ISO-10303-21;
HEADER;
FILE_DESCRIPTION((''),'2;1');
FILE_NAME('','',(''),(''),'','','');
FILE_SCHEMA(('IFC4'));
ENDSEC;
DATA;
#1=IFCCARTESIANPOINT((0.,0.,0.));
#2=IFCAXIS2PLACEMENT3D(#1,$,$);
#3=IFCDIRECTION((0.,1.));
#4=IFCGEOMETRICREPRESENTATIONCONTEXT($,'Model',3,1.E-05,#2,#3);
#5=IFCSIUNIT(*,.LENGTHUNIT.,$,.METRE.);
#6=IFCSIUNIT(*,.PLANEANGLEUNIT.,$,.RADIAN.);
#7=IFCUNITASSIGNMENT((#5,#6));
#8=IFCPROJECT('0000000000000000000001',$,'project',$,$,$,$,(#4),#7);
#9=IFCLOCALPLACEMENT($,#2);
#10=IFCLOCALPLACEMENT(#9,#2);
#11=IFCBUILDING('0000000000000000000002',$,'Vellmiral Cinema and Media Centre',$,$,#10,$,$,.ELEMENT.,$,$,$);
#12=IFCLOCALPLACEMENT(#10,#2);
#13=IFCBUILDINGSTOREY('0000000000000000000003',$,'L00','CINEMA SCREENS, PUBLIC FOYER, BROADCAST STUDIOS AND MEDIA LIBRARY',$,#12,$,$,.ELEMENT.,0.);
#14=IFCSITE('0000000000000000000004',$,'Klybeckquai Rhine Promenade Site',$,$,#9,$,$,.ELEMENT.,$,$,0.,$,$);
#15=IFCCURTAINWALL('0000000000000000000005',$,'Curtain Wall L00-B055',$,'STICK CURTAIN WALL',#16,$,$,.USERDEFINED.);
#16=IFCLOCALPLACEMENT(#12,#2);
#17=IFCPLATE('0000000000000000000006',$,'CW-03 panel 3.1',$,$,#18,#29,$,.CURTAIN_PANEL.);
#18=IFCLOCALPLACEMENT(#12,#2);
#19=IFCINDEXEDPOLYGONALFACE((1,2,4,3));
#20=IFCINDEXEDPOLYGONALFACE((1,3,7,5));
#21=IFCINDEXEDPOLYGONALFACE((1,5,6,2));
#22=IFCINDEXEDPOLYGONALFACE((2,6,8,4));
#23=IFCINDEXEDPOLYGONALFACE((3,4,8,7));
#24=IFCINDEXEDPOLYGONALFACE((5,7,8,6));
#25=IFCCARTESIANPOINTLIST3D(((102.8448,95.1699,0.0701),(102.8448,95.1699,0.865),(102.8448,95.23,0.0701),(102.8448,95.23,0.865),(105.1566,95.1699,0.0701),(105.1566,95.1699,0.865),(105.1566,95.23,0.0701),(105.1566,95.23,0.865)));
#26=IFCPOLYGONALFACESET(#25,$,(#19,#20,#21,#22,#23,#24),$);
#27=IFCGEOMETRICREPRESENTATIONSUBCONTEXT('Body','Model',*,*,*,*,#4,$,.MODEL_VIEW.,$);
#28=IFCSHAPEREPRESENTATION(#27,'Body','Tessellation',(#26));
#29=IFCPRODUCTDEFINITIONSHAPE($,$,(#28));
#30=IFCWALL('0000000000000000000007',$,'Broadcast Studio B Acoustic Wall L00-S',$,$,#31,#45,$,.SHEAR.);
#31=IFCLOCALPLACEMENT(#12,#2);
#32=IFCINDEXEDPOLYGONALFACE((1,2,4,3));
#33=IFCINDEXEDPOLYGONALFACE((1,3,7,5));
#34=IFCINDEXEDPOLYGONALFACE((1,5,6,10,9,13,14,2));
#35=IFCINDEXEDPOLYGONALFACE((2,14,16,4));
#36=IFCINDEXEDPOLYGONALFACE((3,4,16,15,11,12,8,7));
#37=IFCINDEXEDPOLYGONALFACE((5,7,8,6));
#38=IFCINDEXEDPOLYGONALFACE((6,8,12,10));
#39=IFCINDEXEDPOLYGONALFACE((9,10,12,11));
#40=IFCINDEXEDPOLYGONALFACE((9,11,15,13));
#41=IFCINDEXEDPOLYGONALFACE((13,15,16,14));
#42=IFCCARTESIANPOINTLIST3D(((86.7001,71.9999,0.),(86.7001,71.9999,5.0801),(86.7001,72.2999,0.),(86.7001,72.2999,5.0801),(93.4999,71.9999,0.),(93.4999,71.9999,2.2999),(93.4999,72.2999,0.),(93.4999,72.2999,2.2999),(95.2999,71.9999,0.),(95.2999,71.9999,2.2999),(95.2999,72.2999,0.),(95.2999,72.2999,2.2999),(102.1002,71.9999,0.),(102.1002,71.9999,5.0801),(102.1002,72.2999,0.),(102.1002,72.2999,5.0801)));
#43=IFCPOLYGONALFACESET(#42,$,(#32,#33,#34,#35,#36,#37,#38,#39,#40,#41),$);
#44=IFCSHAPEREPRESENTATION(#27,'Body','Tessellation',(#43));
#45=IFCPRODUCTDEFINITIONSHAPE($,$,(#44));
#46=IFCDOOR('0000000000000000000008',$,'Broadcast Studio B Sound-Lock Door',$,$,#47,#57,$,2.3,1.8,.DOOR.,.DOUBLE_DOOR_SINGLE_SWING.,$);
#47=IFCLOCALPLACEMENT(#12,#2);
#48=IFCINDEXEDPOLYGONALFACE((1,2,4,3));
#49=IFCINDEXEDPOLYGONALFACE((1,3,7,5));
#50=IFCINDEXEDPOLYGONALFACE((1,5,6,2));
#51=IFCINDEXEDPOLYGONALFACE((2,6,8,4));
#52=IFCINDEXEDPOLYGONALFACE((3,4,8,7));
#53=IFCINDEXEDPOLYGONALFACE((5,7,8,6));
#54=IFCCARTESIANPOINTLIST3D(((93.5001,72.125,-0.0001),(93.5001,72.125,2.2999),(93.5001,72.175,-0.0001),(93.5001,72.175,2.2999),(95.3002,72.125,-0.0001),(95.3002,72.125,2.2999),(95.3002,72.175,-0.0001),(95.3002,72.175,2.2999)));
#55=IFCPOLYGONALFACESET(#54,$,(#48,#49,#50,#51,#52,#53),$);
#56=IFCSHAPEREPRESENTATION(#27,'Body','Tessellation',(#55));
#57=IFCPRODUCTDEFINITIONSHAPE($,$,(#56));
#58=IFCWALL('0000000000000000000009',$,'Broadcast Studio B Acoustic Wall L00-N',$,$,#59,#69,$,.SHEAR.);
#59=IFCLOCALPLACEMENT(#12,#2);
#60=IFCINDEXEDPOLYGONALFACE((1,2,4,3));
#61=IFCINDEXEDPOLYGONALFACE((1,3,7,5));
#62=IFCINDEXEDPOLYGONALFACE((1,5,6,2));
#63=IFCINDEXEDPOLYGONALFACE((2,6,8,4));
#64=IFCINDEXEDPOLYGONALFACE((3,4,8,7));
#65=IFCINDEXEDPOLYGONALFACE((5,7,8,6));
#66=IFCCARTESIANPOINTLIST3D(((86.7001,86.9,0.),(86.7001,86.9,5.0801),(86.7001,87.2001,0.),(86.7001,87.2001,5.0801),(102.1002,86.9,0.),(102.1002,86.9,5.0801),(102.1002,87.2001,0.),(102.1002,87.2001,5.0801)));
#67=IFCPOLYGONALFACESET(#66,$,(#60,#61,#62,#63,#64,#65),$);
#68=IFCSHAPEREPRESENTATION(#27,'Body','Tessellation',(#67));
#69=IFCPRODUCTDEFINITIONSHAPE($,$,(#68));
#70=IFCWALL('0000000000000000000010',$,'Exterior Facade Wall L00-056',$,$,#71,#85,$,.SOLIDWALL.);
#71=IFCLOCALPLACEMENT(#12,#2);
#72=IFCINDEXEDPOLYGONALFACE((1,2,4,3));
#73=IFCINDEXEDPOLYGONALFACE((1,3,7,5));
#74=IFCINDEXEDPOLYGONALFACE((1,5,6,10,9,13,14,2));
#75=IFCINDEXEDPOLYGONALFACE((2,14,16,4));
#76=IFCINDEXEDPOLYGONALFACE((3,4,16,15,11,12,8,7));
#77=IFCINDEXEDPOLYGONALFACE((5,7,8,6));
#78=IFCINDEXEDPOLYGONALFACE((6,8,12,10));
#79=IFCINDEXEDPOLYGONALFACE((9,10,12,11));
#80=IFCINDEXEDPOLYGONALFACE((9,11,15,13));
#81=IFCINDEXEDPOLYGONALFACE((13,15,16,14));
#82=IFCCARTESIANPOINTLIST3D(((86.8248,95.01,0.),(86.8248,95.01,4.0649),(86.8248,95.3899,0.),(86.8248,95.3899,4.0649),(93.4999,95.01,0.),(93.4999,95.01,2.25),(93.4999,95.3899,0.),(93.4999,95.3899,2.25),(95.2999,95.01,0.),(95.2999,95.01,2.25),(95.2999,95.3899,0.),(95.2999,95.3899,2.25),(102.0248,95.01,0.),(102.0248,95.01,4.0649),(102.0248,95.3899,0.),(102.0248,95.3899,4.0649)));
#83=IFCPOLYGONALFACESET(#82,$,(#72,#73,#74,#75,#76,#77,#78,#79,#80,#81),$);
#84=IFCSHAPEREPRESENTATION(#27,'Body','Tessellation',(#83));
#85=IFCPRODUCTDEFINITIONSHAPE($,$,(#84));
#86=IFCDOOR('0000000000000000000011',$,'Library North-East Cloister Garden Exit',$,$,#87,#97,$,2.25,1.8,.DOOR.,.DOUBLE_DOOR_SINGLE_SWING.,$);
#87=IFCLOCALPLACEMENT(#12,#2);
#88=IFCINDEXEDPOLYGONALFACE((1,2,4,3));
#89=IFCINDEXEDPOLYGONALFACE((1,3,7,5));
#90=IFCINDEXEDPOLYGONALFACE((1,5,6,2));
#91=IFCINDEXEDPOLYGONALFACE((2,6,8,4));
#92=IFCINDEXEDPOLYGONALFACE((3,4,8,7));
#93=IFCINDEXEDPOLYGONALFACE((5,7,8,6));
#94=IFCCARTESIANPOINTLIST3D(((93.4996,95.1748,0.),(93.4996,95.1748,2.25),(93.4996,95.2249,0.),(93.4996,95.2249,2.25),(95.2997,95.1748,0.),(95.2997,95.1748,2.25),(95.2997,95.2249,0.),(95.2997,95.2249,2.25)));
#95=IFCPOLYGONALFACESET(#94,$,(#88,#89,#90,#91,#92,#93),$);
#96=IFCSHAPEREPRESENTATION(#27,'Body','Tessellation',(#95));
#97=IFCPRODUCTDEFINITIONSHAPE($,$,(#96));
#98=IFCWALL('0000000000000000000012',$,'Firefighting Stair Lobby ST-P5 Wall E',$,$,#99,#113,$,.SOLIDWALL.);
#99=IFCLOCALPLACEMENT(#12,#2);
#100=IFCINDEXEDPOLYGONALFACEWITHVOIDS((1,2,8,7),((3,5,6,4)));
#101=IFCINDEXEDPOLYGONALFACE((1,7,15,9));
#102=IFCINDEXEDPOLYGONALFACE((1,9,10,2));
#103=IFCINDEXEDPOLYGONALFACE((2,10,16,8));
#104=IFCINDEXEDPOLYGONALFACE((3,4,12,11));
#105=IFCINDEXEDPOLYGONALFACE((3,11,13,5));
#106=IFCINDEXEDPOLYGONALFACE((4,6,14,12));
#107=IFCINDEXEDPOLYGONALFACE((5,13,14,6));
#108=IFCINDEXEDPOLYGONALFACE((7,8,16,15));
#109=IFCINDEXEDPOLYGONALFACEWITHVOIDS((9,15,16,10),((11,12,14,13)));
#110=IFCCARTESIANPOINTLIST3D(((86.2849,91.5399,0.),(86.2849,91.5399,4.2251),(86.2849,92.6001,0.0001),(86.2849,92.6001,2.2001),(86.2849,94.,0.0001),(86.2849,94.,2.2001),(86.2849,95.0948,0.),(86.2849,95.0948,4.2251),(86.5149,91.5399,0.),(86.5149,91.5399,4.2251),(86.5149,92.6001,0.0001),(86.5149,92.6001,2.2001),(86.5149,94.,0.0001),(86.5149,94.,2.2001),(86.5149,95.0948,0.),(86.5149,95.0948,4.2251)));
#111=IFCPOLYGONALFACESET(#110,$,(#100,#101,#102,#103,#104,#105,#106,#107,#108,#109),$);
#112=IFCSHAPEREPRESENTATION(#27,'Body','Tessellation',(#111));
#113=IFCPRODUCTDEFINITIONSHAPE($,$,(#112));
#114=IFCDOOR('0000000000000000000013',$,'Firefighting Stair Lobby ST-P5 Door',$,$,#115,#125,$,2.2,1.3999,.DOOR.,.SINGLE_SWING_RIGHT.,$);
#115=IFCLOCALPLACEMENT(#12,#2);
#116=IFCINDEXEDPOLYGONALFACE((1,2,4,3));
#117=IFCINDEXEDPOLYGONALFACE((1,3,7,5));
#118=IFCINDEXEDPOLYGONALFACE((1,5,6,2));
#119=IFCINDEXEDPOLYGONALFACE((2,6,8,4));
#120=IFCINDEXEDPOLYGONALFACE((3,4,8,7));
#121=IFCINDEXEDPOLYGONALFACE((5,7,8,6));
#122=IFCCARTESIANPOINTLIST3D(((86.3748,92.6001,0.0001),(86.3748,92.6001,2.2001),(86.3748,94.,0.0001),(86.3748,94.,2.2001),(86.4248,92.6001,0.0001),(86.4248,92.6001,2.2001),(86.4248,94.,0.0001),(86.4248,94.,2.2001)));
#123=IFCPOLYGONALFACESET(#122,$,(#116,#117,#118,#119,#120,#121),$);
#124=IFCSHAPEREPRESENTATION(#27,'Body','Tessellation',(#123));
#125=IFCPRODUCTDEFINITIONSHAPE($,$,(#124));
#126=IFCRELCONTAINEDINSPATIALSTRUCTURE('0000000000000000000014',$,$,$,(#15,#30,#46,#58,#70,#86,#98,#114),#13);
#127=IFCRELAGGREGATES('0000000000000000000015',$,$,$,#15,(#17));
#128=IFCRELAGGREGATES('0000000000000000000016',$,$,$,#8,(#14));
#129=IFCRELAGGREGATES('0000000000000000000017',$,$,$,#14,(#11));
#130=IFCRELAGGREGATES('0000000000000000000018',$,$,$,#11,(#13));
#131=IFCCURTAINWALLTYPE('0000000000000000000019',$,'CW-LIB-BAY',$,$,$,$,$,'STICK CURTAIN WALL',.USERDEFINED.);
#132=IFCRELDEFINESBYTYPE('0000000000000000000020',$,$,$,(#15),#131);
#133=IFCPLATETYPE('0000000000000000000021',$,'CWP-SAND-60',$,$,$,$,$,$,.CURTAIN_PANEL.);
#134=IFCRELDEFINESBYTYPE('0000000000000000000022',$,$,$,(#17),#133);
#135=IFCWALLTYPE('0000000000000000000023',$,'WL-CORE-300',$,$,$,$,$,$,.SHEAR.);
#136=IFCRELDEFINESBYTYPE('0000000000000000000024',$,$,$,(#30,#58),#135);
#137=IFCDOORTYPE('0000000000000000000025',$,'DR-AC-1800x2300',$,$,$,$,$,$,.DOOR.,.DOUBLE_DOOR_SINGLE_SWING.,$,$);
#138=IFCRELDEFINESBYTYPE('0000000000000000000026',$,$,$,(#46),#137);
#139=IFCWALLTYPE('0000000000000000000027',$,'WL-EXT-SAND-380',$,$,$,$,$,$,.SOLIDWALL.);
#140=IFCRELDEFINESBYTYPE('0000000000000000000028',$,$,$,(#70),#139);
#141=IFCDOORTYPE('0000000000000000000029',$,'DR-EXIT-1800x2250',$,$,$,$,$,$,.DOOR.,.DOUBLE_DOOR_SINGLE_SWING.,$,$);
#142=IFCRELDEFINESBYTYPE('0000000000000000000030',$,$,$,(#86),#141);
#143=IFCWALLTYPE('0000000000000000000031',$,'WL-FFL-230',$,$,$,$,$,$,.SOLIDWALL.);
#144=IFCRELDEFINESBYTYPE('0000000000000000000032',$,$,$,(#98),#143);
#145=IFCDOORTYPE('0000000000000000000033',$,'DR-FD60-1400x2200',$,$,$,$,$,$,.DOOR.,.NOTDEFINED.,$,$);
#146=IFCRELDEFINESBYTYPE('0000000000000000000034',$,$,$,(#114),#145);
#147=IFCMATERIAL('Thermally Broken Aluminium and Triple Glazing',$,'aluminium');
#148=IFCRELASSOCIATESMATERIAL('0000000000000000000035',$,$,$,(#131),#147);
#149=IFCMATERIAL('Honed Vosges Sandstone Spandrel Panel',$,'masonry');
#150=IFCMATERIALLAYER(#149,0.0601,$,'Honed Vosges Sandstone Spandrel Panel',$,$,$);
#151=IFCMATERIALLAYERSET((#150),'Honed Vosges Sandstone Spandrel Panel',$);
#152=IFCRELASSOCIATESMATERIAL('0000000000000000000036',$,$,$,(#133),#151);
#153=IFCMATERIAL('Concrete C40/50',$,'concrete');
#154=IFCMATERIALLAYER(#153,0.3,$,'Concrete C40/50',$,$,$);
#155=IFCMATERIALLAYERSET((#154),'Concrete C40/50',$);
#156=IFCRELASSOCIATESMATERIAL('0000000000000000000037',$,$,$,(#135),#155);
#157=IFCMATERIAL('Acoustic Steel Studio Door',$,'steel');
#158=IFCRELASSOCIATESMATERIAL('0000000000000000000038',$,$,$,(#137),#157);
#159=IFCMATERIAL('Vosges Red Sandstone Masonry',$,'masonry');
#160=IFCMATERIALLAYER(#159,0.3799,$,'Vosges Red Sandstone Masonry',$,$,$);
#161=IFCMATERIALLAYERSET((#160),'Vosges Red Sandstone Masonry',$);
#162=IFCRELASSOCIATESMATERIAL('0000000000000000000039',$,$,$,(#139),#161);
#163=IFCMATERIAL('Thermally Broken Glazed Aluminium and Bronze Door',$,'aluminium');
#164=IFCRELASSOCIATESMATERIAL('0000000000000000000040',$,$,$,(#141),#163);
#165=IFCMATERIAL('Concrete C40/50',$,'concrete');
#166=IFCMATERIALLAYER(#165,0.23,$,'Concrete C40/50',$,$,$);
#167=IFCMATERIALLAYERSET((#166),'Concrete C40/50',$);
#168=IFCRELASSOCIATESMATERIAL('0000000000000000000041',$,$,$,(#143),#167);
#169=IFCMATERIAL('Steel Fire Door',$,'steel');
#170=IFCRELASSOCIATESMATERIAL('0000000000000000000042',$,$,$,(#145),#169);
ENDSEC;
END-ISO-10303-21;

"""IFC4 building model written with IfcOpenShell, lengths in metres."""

from ifc_helpers import new_model, si_unit, direction, frame, frame_2d, origin, origin_2d, place, context, subcontext, project, spatial, rectangle, extrude, material, layer, layer_set, type_object, element, fill, aggregate, save


model = new_model("IFC4")

# Units and contexts
model_context = context("Model", 3, precision=1e-05, world=origin(), true_north=direction((0.0, 1.0)))
body_context = subcontext(model_context, "Body", "Model", "MODEL_VIEW")
ifc_project = project(units=[si_unit("LENGTHUNIT", "METRE"), si_unit("PLANEANGLEUNIT", "RADIAN")], contexts=[model_context])

# Site, building, storey
site_placement = place(None, origin())
site = spatial("IfcSite", under=ifc_project, at=site_placement, Name="Klybeckquai Rhine Promenade Site", CompositionType="ELEMENT", RefElevation=0.0)
building_placement = place(site_placement, origin())
building = spatial("IfcBuilding", under=site, at=building_placement, Name="Vellmiral Cinema and Media Centre", CompositionType="ELEMENT")
storey_placement = place(building_placement, origin())
storey = spatial("IfcBuildingStorey", under=building, at=storey_placement, Name="L00", Description="CINEMA SCREENS, PUBLIC FOYER, BROADCAST STUDIOS AND MEDIA LIBRARY", CompositionType="ELEMENT", Elevation=0.0)

# Curtain wall
ifc_material_1 = material(Name="Thermally Broken Aluminium and Triple Glazing", Category="aluminium")
curtain_wall_type = type_object("IfcCurtainWallType", Name="CW-LIB-BAY", ElementType="STICK CURTAIN WALL", PredefinedType="USERDEFINED", material=ifc_material_1)
curtain_wall_placement = place(storey_placement, origin())
curtain_wall = element("IfcCurtainWall", 1, at=curtain_wall_placement, inside=storey, type_object=curtain_wall_type, Name="Curtain Wall L00-B055", ObjectType="STICK CURTAIN WALL", PredefinedType="USERDEFINED")

# Plate
ifc_material_2 = material(Name="Honed Vosges Sandstone Spandrel Panel", Category="masonry")
ifc_layer_1 = layer(ifc_material_2, 0.0601, Name="Honed Vosges Sandstone Spandrel Panel")
ifc_layer_set_1 = layer_set([ifc_layer_1], Name="Honed Vosges Sandstone Spandrel Panel")
plate_type_1 = type_object("IfcPlateType", Name="CWP-SAND-60", PredefinedType="CURTAIN_PANEL", material=ifc_layer_set_1)
plate_1_placement = place(storey_placement, frame((104.0007, 95.2, 0.0701), z_axis=(0.0, 0.0, 1.0), x_axis=(-1.0, 0.0, 0.0)))
plate_1 = element("IfcPlate", 2, at=plate_1_placement, type_object=plate_type_1, Name="CW-03 panel 3.1", PredefinedType="CURTAIN_PANEL", context=body_context, shape_type="SweptSolid", body=[
    extrude(rectangle(XDim=2.3118, YDim=0.0601, at=origin_2d()), origin(), (0.0, 0.0, 1.0), 0.7949),
])
aggregate(curtain_wall, [plate_1])

# Wall, opening, door
ifc_material_3 = material(Name="Concrete C40/50", Category="concrete")
ifc_layer_2 = layer(ifc_material_3, 0.3, Name="Concrete C40/50")
ifc_layer_set_2 = layer_set([ifc_layer_2], Name="Concrete C40/50")
wall_type_1 = type_object("IfcWallType", Name="WL-CORE-300", PredefinedType="SHEAR", material=ifc_layer_set_2)
wall_1_placement = place(storey_placement, frame((86.7, 72.1499, 0.0), z_axis=(0.0, 0.0, 1.0), x_axis=(1.0, 0.0, 0.0)))
wall_1 = element("IfcWall", 3, at=wall_1_placement, inside=storey, type_object=wall_type_1, Name="Broadcast Studio B Acoustic Wall L00-S", PredefinedType="SHEAR", context=body_context, shape_type="SweptSolid", body=[
    extrude(rectangle(XDim=15.4001, YDim=0.3, at=frame_2d((7.7002, 0.0))), origin(), (0.0, 0.0, 1.0), 5.0801),
])
opening_1_placement = place(wall_1_placement, frame((6.8, 0.0, 0.0)))
opening_1 = element("IfcOpeningElement", 4, at=opening_1_placement, cuts=wall_1, PredefinedType="OPENING", context=body_context, shape_type="SweptSolid", body=[
    extrude(rectangle(XDim=1.8, YDim=2.3, at=frame_2d((0.8999, 1.1499))), frame((0.0, 0.1621, 0.0), z_axis=(0.0, -1.0, 0.0), x_axis=(1.0, 0.0, 0.0)), (0.0, 0.0, 1.0), 0.324),
])
ifc_material_4 = material(Name="Acoustic Steel Studio Door", Category="steel")
door_type_1 = type_object("IfcDoorType", Name="DR-AC-1800x2300", OperationType="DOUBLE_DOOR_SINGLE_SWING", PredefinedType="DOOR", material=ifc_material_4)
door_1_placement = place(opening_1_placement, frame((1.8, 0.0, 0.0), z_axis=(0.0, 0.0, 1.0), x_axis=(-1.0, 0.0, 0.0)))
door_1 = element("IfcDoor", 5, at=door_1_placement, inside=storey, type_object=door_type_1, Name="Broadcast Studio B Sound-Lock Door", OperationType="DOUBLE_DOOR_SINGLE_SWING", OverallHeight=2.3, OverallWidth=1.8, PredefinedType="DOOR", context=body_context, shape_type="SweptSolid", body=[
    extrude(rectangle(XDim=1.8, YDim=2.3, at=frame_2d((0.8999, 1.1499))), frame((0.0, 0.0249, 0.0), z_axis=(0.0, -1.0, 0.0), x_axis=(1.0, 0.0, 0.0)), (0.0, 0.0, 1.0), 0.05),
])
fill(opening_1, door_1)

# Wall
wall_2_placement = place(storey_placement, frame((86.7, 87.05, 0.0), z_axis=(0.0, 0.0, 1.0), x_axis=(1.0, 0.0, 0.0)))
element("IfcWall", 6, at=wall_2_placement, inside=storey, type_object=wall_type_1, Name="Broadcast Studio B Acoustic Wall L00-N", PredefinedType="SHEAR", context=body_context, shape_type="SweptSolid", body=[
    extrude(rectangle(XDim=15.4001, YDim=0.3, at=frame_2d((7.7002, 0.0))), origin(), (0.0, 0.0, 1.0), 5.0801),
])

# Walls, openings, doors
ifc_material_5 = material(Name="Vosges Red Sandstone Masonry", Category="masonry")
ifc_layer_3 = layer(ifc_material_5, 0.3799, Name="Vosges Red Sandstone Masonry")
ifc_layer_set_3 = layer_set([ifc_layer_3], Name="Vosges Red Sandstone Masonry")
wall_type_2 = type_object("IfcWallType", Name="WL-EXT-SAND-380", PredefinedType="SOLIDWALL", material=ifc_layer_set_3)
wall_3_placement = place(storey_placement, frame((102.0249, 95.2, 0.0), z_axis=(0.0, 0.0, 1.0), x_axis=(-1.0, 0.0, 0.0)))
wall_3 = element("IfcWall", 7, at=wall_3_placement, inside=storey, type_object=wall_type_2, Name="Exterior Facade Wall L00-056", PredefinedType="SOLIDWALL", context=body_context, shape_type="SweptSolid", body=[
    extrude(rectangle(XDim=15.2, YDim=0.3799, at=frame_2d((7.6001, 0.0))), origin(), (0.0, 0.0, 1.0), 4.0649),
])
opening_2_placement = place(wall_3_placement, frame((6.7251, 0.0, 0.0)))
opening_2 = element("IfcOpeningElement", 8, at=opening_2_placement, cuts=wall_3, PredefinedType="OPENING", context=body_context, shape_type="SweptSolid", body=[
    extrude(rectangle(XDim=1.8, YDim=2.25, at=frame_2d((0.8999, 1.125))), frame((0.0, 0.2019, 0.0), z_axis=(0.0, -1.0, 0.0), x_axis=(1.0, 0.0, 0.0)), (0.0, 0.0, 1.0), 0.4038),
])
ifc_material_6 = material(Name="Thermally Broken Glazed Aluminium and Bronze Door", Category="aluminium")
door_type_2 = type_object("IfcDoorType", Name="DR-EXIT-1800x2250", OperationType="DOUBLE_DOOR_SINGLE_SWING", PredefinedType="DOOR", material=ifc_material_6)
door_2_placement = place(opening_2_placement, frame((1.8, 0.0, 0.0), z_axis=(0.0, 0.0, 1.0), x_axis=(-1.0, 0.0, 0.0)))
door_2 = element("IfcDoor", 9, at=door_2_placement, inside=storey, type_object=door_type_2, Name="Library North-East Cloister Garden Exit", OperationType="DOUBLE_DOOR_SINGLE_SWING", OverallHeight=2.25, OverallWidth=1.8, PredefinedType="DOOR", context=body_context, shape_type="SweptSolid", body=[
    extrude(rectangle(XDim=1.8, YDim=2.25, at=frame_2d((0.8999, 1.125))), frame((0.0, 0.0249, 0.0), z_axis=(0.0, -1.0, 0.0), x_axis=(1.0, 0.0, 0.0)), (0.0, 0.0, 1.0), 0.05),
])
fill(opening_2, door_2)
ifc_material_7 = material(Name="Concrete C40/50", Category="concrete")
ifc_layer_4 = layer(ifc_material_7, 0.23, Name="Concrete C40/50")
ifc_layer_set_4 = layer_set([ifc_layer_4], Name="Concrete C40/50")
wall_type_3 = type_object("IfcWallType", Name="WL-FFL-230", PredefinedType="SOLIDWALL", material=ifc_layer_set_4)
wall_4_placement = place(storey_placement, frame((86.3999, 91.54, 0.0), z_axis=(0.0, 0.0, 1.0), x_axis=(0.0, 1.0, 0.0)))
wall_4 = element("IfcWall", 10, at=wall_4_placement, inside=storey, type_object=wall_type_3, Name="Firefighting Stair Lobby ST-P5 Wall E", PredefinedType="SOLIDWALL", context=body_context, shape_type="SweptSolid", body=[
    extrude(rectangle(XDim=3.5549, YDim=0.23, at=frame_2d((1.7773, 0.0))), origin(), (0.0, 0.0, 1.0), 4.2251),
])
opening_3_placement = place(wall_4_placement, frame((1.0601, 0.0, 0.0)))
opening_3 = element("IfcOpeningElement", 11, at=opening_3_placement, cuts=wall_4, PredefinedType="OPENING", context=body_context, shape_type="SweptSolid", body=[
    extrude(rectangle(XDim=1.3999, YDim=2.2, at=frame_2d((0.7, 1.1001))), frame((0.0, 0.127, 0.0), z_axis=(0.0, -1.0, 0.0), x_axis=(1.0, 0.0, 0.0)), (0.0, 0.0, 1.0), 0.2539),
])
ifc_material_8 = material(Name="Steel Fire Door", Category="steel")
door_type_3 = type_object("IfcDoorType", Name="DR-FD60-1400x2200", OperationType="NOTDEFINED", PredefinedType="DOOR", material=ifc_material_8)
door_3_placement = place(opening_3_placement, frame((1.3999, 0.0, 0.0), z_axis=(0.0, 0.0, 1.0), x_axis=(-1.0, 0.0, 0.0)))
door_3 = element("IfcDoor", 12, at=door_3_placement, inside=storey, type_object=door_type_3, Name="Firefighting Stair Lobby ST-P5 Door", OperationType="SINGLE_SWING_RIGHT", OverallHeight=2.2, OverallWidth=1.3999, PredefinedType="DOOR", context=body_context, shape_type="SweptSolid", body=[
    extrude(rectangle(XDim=1.3999, YDim=2.2, at=frame_2d((0.7, 1.1001))), frame((0.0, 0.0249, 0.0), z_axis=(0.0, -1.0, 0.0), x_axis=(1.0, 0.0, 0.0)), (0.0, 0.0, 1.0), 0.05),
])
fill(opening_3, door_3)

save(model, "model.ifc")
